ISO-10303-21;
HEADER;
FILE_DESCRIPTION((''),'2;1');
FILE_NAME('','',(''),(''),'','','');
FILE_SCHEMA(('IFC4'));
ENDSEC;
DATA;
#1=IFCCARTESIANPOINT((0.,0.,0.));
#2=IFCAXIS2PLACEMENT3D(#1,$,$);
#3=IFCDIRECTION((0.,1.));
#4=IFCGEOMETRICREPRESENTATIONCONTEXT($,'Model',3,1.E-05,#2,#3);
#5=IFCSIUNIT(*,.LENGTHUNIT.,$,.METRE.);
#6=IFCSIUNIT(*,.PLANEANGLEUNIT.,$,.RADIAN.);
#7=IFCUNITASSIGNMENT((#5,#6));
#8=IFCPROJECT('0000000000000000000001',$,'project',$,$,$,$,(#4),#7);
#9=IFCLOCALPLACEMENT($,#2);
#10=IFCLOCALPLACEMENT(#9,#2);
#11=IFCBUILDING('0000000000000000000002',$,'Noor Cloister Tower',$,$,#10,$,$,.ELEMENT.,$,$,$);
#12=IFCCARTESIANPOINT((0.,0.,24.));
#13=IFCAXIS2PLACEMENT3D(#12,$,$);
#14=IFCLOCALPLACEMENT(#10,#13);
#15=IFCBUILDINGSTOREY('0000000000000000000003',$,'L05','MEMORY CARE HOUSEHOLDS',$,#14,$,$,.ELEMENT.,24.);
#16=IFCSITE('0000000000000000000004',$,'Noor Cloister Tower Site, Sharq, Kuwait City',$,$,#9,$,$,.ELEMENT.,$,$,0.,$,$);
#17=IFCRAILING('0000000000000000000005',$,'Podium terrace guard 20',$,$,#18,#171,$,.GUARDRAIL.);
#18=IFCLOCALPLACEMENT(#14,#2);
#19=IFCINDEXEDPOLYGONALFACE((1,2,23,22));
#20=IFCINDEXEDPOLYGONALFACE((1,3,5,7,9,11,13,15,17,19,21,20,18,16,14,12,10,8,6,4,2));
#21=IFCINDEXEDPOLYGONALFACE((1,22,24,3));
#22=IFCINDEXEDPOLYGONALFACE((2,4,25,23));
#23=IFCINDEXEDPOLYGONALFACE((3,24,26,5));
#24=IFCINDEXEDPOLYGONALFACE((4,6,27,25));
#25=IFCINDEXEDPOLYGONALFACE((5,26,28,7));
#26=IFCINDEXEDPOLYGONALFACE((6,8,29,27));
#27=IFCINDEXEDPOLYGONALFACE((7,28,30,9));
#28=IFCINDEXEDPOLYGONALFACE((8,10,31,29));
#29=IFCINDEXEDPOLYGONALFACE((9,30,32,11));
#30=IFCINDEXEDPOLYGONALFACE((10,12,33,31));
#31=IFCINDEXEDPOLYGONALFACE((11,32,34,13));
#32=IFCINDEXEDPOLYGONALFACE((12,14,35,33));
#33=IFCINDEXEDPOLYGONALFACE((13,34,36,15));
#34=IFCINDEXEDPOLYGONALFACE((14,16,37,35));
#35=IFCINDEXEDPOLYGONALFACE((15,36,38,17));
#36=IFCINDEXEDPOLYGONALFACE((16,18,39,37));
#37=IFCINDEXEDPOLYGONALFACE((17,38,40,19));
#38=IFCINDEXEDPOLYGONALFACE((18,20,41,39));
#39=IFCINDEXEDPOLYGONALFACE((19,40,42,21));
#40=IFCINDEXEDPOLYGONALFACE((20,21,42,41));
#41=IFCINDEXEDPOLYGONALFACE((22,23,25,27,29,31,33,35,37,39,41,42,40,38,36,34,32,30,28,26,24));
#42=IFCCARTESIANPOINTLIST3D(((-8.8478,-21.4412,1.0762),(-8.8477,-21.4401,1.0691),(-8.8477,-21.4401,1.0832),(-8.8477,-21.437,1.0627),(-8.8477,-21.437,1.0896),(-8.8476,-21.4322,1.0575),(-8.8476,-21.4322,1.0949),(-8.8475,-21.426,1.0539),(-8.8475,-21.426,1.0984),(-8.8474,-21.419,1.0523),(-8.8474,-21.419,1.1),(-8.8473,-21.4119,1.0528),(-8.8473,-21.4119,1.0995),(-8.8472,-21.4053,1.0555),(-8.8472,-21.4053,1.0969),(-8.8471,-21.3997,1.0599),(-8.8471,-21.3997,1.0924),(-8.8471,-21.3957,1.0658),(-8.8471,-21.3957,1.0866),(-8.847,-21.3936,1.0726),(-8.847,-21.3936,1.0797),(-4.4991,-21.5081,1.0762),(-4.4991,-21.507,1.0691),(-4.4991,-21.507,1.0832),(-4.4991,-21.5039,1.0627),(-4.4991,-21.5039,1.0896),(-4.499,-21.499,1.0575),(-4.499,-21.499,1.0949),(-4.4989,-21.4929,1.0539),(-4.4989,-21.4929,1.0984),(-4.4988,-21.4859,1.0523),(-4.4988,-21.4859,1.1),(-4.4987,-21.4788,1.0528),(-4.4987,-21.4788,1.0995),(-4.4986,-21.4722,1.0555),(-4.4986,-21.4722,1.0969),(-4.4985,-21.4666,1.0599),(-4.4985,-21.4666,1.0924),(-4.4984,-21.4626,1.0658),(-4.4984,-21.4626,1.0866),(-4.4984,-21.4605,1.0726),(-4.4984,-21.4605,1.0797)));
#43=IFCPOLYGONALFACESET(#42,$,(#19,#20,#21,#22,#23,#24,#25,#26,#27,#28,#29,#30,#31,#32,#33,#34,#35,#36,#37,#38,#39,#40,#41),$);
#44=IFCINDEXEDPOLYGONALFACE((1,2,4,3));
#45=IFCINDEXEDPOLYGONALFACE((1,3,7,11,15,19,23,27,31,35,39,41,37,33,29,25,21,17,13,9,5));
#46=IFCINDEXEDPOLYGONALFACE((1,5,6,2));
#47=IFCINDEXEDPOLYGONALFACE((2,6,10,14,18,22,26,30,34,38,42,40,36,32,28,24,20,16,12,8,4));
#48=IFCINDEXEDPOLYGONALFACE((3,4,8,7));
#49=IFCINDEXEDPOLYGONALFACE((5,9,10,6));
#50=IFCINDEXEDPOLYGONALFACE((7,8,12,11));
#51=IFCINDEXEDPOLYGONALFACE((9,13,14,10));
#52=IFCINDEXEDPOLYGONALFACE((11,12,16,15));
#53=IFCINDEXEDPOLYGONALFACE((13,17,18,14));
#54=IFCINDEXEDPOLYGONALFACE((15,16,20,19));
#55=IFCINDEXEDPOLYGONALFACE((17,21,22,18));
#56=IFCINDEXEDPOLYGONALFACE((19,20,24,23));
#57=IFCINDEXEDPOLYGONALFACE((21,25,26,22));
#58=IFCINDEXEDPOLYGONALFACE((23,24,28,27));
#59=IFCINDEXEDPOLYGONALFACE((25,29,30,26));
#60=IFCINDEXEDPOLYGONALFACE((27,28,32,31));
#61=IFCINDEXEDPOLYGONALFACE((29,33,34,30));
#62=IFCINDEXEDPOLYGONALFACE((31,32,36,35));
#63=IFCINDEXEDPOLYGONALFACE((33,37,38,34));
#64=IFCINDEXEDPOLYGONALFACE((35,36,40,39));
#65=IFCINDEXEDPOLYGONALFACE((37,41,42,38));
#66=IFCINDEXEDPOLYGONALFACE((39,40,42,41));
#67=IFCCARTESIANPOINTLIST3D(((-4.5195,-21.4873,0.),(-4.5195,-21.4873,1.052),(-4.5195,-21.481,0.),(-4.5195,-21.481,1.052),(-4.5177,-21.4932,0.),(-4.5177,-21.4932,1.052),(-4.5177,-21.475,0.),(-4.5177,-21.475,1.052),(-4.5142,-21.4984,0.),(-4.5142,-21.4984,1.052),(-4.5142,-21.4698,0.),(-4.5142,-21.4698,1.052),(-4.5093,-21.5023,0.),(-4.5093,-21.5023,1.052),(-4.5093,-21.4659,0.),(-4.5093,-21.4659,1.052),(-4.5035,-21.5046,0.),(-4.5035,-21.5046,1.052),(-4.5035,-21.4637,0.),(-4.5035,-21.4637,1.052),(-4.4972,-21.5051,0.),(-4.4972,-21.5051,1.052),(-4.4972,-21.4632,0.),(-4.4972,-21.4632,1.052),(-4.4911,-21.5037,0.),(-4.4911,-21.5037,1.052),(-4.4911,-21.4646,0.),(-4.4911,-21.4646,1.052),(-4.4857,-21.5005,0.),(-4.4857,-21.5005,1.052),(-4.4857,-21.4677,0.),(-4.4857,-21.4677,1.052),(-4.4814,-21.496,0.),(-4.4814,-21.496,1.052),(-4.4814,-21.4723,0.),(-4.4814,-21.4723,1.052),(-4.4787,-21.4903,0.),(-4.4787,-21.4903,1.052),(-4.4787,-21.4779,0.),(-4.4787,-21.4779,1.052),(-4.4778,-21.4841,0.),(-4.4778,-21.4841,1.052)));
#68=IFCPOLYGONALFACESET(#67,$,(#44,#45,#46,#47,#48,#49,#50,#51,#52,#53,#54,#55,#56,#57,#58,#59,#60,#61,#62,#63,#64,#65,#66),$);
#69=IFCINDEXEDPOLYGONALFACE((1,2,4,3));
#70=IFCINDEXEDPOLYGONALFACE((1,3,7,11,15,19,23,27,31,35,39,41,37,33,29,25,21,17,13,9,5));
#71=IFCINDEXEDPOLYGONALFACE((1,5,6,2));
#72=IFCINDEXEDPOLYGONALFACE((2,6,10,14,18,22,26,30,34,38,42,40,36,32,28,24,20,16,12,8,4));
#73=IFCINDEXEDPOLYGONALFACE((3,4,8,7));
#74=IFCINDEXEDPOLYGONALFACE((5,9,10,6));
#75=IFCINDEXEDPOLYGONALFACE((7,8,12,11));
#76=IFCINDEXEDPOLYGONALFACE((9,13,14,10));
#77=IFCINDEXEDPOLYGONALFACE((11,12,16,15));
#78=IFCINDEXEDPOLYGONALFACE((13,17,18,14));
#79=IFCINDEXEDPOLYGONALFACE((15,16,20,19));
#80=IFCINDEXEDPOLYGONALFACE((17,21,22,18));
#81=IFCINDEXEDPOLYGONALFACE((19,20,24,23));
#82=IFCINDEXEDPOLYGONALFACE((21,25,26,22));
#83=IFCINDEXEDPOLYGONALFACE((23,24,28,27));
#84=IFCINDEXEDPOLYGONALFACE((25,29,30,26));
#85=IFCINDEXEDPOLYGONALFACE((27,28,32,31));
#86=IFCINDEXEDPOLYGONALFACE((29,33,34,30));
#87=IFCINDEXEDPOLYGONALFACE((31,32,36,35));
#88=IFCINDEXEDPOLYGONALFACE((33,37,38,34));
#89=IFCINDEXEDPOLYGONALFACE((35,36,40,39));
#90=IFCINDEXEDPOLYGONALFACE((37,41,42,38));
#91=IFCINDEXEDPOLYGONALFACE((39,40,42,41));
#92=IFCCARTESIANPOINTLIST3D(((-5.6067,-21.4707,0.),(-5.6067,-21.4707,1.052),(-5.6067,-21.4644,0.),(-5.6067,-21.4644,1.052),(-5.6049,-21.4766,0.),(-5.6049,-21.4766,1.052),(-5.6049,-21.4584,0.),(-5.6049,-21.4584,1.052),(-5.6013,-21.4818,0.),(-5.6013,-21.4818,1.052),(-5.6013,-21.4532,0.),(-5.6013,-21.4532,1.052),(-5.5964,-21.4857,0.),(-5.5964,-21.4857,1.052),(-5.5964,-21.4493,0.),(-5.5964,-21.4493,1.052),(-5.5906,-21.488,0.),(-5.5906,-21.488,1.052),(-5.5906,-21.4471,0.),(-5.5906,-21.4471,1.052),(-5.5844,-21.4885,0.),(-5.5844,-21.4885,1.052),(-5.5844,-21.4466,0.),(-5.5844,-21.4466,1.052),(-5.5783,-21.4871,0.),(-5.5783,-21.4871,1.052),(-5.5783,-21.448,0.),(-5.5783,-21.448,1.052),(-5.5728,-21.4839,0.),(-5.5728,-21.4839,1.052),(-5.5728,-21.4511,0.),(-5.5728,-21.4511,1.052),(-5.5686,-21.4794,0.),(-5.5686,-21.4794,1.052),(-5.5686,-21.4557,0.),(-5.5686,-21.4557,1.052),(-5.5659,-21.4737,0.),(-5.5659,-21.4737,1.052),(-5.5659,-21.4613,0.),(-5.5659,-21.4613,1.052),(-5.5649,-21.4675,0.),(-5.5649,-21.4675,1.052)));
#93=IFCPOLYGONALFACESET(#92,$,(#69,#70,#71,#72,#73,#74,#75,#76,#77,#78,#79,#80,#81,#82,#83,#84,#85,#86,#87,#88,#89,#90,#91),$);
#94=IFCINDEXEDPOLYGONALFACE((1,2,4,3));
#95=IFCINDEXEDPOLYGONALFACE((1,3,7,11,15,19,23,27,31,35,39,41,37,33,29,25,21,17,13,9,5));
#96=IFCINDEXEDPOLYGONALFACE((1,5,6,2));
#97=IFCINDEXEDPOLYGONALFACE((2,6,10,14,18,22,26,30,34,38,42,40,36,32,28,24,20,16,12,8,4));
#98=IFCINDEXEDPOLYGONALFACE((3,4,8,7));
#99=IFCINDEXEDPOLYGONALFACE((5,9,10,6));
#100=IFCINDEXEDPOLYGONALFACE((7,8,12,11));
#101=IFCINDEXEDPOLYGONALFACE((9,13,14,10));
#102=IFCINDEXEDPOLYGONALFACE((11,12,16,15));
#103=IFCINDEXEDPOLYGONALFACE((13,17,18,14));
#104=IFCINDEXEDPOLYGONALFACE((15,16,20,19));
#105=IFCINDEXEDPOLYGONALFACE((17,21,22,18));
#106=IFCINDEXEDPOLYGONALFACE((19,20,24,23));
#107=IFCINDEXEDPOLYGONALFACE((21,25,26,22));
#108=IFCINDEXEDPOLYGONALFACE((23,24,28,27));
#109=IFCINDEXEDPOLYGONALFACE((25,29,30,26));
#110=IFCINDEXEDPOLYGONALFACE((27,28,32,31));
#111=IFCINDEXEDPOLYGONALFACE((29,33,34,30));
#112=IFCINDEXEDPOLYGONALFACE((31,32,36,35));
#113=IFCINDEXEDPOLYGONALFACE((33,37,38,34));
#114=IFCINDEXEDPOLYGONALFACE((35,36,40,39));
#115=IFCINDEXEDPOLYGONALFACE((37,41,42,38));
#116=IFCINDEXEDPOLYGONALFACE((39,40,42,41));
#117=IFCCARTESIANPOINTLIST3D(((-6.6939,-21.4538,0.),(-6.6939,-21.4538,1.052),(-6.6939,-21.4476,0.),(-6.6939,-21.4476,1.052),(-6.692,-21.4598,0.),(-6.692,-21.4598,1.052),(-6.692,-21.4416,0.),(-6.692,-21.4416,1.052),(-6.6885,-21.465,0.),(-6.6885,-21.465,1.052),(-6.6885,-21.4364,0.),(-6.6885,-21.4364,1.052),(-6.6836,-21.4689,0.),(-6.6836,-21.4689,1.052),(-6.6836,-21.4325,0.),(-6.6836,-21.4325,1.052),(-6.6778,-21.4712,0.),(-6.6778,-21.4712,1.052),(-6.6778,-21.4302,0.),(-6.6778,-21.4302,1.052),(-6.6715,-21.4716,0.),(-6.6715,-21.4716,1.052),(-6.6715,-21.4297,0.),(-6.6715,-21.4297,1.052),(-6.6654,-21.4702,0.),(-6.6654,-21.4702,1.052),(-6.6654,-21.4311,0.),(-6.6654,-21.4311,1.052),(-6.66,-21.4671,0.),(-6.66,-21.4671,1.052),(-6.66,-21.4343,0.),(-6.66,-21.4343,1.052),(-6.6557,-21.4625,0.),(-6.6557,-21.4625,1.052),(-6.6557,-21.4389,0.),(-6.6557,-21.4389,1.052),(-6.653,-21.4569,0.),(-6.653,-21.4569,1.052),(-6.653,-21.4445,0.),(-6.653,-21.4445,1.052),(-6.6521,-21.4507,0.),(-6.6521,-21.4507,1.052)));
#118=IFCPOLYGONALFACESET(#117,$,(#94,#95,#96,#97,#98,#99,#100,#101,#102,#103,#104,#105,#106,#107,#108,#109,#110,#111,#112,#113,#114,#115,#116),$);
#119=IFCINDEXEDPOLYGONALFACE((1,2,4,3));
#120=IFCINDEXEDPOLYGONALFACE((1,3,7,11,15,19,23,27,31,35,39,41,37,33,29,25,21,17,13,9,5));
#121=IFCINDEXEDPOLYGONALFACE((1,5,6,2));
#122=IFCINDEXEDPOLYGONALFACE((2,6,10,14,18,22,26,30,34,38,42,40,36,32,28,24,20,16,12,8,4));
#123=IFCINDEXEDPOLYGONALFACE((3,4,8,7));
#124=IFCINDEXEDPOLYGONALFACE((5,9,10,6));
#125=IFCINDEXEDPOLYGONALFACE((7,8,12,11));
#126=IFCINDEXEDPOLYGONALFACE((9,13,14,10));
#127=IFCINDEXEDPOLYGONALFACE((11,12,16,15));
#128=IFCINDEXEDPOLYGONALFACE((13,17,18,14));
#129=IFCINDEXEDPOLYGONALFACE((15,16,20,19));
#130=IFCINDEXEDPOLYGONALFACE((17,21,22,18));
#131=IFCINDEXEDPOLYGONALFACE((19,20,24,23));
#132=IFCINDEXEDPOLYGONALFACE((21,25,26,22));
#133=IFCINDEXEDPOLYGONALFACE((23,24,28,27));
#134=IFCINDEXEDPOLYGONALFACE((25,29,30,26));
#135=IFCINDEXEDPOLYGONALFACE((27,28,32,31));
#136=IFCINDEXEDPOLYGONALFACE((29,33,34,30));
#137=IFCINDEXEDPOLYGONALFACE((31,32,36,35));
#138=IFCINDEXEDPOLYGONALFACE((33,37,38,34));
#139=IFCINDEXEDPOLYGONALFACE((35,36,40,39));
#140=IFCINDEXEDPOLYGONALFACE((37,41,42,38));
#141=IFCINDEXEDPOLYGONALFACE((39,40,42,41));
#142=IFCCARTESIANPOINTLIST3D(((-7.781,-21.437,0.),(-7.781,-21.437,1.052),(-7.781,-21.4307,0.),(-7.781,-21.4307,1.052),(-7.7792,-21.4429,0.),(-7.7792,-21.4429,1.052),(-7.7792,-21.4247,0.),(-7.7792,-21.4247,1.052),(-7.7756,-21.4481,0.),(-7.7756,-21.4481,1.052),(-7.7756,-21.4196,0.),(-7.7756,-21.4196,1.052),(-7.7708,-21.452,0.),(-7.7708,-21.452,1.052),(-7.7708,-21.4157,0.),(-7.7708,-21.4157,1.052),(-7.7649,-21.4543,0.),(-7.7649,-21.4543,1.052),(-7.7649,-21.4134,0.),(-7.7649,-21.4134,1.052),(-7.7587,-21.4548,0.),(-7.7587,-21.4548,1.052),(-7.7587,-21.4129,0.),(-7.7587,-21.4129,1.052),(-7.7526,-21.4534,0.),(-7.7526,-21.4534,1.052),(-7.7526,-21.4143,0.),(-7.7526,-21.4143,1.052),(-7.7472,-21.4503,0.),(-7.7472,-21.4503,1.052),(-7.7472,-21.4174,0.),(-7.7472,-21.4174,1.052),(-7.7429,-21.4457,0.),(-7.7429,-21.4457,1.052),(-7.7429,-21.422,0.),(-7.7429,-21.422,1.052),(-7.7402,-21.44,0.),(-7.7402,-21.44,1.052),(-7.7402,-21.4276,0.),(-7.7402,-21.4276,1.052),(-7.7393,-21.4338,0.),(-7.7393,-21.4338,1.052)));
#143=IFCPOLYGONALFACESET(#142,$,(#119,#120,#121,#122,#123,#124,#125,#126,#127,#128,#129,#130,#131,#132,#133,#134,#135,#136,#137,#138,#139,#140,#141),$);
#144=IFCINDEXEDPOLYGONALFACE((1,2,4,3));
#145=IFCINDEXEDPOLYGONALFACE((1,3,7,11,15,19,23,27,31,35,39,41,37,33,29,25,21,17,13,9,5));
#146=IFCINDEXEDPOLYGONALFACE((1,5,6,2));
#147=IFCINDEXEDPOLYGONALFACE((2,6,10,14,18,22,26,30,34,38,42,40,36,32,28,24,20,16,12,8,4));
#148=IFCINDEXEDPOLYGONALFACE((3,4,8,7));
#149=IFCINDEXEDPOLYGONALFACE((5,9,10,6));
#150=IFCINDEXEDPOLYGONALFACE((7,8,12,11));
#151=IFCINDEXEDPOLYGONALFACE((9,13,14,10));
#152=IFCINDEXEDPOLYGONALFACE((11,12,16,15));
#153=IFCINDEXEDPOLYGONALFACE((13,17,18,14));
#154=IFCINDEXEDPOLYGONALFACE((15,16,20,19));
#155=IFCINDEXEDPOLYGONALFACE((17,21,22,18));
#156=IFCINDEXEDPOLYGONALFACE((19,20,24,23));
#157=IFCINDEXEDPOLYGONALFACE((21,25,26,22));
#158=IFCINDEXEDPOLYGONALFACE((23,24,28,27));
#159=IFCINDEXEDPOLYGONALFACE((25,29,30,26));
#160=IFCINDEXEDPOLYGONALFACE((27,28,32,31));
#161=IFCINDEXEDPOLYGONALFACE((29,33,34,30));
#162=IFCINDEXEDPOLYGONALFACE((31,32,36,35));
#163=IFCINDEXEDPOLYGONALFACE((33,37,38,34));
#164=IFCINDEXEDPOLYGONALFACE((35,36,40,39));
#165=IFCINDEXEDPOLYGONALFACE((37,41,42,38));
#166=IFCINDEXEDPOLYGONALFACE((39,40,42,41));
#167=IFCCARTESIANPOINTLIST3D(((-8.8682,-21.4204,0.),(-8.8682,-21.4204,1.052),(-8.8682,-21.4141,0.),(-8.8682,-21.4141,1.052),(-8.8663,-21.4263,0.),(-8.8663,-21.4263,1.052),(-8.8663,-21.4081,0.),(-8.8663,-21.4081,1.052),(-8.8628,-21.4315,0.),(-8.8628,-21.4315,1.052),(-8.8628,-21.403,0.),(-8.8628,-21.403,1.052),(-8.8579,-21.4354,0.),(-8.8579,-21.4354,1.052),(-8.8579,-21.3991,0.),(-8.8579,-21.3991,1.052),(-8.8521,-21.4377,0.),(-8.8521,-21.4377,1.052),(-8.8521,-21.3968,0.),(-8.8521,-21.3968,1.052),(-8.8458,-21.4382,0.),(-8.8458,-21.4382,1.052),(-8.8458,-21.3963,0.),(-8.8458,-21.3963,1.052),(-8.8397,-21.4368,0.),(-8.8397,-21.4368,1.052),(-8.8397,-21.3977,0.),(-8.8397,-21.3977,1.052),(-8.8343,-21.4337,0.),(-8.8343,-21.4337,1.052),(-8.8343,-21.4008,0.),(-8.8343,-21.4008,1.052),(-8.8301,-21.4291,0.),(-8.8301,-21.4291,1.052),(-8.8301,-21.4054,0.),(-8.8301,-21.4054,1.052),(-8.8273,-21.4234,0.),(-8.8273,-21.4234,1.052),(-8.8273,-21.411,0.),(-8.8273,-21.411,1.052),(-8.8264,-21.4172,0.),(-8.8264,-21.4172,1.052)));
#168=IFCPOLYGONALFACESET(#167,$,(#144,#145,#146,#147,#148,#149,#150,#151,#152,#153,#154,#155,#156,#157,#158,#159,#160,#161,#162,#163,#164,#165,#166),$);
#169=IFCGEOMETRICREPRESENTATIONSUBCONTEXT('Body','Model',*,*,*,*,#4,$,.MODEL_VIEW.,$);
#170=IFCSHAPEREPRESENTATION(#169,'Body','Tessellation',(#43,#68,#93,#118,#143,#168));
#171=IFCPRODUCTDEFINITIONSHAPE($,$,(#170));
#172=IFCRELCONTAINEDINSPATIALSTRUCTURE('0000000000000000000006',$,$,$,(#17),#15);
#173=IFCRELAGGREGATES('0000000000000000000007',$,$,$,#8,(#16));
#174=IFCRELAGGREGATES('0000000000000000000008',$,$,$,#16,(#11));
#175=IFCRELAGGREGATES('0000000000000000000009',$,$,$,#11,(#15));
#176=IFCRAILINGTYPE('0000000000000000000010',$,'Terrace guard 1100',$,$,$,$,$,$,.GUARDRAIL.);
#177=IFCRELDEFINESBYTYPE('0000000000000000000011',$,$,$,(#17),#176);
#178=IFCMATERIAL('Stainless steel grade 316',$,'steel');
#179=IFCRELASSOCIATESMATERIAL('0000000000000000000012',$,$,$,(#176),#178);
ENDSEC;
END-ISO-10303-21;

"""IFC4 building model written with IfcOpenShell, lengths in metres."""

from ifc_helpers import new_model, si_unit, direction, frame, origin, origin_2d, place, context, subcontext, project, spatial, circle, extrude, material, type_object, element, save


model = new_model("IFC4")

# Units and contexts
model_context = context("Model", 3, precision=1e-05, world=origin(), true_north=direction((0.0, 1.0)))
body_context = subcontext(model_context, "Body", "Model", "MODEL_VIEW")
ifc_project = project(units=[si_unit("LENGTHUNIT", "METRE"), si_unit("PLANEANGLEUNIT", "RADIAN")], contexts=[model_context])

# Site, building, storey
site_placement = place(None, origin())
site = spatial("IfcSite", under=ifc_project, at=site_placement, Name="Noor Cloister Tower Site, Sharq, Kuwait City", CompositionType="ELEMENT", RefElevation=0.0)
building_placement = place(site_placement, origin())
building = spatial("IfcBuilding", under=site, at=building_placement, Name="Noor Cloister Tower", CompositionType="ELEMENT")
storey_placement = place(building_placement, frame((0.0, 0.0, 24.0)))
storey = spatial("IfcBuildingStorey", under=building, at=storey_placement, Name="L05", Description="MEMORY CARE HOUSEHOLDS", CompositionType="ELEMENT", Elevation=24.0)

# Railing
ifc_material_1 = material(Name="Stainless steel grade 316", Category="steel")
railing_type = type_object("IfcRailingType", Name="Terrace guard 1100", PredefinedType="GUARDRAIL", material=ifc_material_1)
railing_1_placement = place(storey_placement, frame((-4.4988, -21.4841, 0.0)))
element("IfcRailing", 1, at=railing_1_placement, inside=storey, type_object=railing_type, Name="Podium terrace guard 20", PredefinedType="GUARDRAIL", context=body_context, shape_type="SweptSolid", body=[
    extrude(circle(Radius=0.0239, at=origin_2d()), frame((0.0, 0.0, 1.0762), z_axis=(-0.999882, 0.015381, 0.0), x_axis=(-0.015381, -0.999882, 0.0)), (0.0, 0.0, 1.0), 4.3491),
    extrude(circle(Radius=0.021, at=origin_2d()), origin(), (0.0, 0.0, 1.0), 1.052),
    extrude(circle(Radius=0.021, at=origin_2d()), frame((-1.0872, 0.0166, 0.0)), (0.0, 0.0, 1.0), 1.052),
    extrude(circle(Radius=0.021, at=origin_2d()), frame((-2.1743, 0.0334, 0.0)), (0.0, 0.0, 1.0), 1.052),
    extrude(circle(Radius=0.021, at=origin_2d()), frame((-3.2615, 0.0503, 0.0)), (0.0, 0.0, 1.0), 1.052),
    extrude(circle(Radius=0.021, at=origin_2d()), frame((-4.3486, 0.0669, 0.0)), (0.0, 0.0, 1.0), 1.052),
])

save(model, "model.ifc")
